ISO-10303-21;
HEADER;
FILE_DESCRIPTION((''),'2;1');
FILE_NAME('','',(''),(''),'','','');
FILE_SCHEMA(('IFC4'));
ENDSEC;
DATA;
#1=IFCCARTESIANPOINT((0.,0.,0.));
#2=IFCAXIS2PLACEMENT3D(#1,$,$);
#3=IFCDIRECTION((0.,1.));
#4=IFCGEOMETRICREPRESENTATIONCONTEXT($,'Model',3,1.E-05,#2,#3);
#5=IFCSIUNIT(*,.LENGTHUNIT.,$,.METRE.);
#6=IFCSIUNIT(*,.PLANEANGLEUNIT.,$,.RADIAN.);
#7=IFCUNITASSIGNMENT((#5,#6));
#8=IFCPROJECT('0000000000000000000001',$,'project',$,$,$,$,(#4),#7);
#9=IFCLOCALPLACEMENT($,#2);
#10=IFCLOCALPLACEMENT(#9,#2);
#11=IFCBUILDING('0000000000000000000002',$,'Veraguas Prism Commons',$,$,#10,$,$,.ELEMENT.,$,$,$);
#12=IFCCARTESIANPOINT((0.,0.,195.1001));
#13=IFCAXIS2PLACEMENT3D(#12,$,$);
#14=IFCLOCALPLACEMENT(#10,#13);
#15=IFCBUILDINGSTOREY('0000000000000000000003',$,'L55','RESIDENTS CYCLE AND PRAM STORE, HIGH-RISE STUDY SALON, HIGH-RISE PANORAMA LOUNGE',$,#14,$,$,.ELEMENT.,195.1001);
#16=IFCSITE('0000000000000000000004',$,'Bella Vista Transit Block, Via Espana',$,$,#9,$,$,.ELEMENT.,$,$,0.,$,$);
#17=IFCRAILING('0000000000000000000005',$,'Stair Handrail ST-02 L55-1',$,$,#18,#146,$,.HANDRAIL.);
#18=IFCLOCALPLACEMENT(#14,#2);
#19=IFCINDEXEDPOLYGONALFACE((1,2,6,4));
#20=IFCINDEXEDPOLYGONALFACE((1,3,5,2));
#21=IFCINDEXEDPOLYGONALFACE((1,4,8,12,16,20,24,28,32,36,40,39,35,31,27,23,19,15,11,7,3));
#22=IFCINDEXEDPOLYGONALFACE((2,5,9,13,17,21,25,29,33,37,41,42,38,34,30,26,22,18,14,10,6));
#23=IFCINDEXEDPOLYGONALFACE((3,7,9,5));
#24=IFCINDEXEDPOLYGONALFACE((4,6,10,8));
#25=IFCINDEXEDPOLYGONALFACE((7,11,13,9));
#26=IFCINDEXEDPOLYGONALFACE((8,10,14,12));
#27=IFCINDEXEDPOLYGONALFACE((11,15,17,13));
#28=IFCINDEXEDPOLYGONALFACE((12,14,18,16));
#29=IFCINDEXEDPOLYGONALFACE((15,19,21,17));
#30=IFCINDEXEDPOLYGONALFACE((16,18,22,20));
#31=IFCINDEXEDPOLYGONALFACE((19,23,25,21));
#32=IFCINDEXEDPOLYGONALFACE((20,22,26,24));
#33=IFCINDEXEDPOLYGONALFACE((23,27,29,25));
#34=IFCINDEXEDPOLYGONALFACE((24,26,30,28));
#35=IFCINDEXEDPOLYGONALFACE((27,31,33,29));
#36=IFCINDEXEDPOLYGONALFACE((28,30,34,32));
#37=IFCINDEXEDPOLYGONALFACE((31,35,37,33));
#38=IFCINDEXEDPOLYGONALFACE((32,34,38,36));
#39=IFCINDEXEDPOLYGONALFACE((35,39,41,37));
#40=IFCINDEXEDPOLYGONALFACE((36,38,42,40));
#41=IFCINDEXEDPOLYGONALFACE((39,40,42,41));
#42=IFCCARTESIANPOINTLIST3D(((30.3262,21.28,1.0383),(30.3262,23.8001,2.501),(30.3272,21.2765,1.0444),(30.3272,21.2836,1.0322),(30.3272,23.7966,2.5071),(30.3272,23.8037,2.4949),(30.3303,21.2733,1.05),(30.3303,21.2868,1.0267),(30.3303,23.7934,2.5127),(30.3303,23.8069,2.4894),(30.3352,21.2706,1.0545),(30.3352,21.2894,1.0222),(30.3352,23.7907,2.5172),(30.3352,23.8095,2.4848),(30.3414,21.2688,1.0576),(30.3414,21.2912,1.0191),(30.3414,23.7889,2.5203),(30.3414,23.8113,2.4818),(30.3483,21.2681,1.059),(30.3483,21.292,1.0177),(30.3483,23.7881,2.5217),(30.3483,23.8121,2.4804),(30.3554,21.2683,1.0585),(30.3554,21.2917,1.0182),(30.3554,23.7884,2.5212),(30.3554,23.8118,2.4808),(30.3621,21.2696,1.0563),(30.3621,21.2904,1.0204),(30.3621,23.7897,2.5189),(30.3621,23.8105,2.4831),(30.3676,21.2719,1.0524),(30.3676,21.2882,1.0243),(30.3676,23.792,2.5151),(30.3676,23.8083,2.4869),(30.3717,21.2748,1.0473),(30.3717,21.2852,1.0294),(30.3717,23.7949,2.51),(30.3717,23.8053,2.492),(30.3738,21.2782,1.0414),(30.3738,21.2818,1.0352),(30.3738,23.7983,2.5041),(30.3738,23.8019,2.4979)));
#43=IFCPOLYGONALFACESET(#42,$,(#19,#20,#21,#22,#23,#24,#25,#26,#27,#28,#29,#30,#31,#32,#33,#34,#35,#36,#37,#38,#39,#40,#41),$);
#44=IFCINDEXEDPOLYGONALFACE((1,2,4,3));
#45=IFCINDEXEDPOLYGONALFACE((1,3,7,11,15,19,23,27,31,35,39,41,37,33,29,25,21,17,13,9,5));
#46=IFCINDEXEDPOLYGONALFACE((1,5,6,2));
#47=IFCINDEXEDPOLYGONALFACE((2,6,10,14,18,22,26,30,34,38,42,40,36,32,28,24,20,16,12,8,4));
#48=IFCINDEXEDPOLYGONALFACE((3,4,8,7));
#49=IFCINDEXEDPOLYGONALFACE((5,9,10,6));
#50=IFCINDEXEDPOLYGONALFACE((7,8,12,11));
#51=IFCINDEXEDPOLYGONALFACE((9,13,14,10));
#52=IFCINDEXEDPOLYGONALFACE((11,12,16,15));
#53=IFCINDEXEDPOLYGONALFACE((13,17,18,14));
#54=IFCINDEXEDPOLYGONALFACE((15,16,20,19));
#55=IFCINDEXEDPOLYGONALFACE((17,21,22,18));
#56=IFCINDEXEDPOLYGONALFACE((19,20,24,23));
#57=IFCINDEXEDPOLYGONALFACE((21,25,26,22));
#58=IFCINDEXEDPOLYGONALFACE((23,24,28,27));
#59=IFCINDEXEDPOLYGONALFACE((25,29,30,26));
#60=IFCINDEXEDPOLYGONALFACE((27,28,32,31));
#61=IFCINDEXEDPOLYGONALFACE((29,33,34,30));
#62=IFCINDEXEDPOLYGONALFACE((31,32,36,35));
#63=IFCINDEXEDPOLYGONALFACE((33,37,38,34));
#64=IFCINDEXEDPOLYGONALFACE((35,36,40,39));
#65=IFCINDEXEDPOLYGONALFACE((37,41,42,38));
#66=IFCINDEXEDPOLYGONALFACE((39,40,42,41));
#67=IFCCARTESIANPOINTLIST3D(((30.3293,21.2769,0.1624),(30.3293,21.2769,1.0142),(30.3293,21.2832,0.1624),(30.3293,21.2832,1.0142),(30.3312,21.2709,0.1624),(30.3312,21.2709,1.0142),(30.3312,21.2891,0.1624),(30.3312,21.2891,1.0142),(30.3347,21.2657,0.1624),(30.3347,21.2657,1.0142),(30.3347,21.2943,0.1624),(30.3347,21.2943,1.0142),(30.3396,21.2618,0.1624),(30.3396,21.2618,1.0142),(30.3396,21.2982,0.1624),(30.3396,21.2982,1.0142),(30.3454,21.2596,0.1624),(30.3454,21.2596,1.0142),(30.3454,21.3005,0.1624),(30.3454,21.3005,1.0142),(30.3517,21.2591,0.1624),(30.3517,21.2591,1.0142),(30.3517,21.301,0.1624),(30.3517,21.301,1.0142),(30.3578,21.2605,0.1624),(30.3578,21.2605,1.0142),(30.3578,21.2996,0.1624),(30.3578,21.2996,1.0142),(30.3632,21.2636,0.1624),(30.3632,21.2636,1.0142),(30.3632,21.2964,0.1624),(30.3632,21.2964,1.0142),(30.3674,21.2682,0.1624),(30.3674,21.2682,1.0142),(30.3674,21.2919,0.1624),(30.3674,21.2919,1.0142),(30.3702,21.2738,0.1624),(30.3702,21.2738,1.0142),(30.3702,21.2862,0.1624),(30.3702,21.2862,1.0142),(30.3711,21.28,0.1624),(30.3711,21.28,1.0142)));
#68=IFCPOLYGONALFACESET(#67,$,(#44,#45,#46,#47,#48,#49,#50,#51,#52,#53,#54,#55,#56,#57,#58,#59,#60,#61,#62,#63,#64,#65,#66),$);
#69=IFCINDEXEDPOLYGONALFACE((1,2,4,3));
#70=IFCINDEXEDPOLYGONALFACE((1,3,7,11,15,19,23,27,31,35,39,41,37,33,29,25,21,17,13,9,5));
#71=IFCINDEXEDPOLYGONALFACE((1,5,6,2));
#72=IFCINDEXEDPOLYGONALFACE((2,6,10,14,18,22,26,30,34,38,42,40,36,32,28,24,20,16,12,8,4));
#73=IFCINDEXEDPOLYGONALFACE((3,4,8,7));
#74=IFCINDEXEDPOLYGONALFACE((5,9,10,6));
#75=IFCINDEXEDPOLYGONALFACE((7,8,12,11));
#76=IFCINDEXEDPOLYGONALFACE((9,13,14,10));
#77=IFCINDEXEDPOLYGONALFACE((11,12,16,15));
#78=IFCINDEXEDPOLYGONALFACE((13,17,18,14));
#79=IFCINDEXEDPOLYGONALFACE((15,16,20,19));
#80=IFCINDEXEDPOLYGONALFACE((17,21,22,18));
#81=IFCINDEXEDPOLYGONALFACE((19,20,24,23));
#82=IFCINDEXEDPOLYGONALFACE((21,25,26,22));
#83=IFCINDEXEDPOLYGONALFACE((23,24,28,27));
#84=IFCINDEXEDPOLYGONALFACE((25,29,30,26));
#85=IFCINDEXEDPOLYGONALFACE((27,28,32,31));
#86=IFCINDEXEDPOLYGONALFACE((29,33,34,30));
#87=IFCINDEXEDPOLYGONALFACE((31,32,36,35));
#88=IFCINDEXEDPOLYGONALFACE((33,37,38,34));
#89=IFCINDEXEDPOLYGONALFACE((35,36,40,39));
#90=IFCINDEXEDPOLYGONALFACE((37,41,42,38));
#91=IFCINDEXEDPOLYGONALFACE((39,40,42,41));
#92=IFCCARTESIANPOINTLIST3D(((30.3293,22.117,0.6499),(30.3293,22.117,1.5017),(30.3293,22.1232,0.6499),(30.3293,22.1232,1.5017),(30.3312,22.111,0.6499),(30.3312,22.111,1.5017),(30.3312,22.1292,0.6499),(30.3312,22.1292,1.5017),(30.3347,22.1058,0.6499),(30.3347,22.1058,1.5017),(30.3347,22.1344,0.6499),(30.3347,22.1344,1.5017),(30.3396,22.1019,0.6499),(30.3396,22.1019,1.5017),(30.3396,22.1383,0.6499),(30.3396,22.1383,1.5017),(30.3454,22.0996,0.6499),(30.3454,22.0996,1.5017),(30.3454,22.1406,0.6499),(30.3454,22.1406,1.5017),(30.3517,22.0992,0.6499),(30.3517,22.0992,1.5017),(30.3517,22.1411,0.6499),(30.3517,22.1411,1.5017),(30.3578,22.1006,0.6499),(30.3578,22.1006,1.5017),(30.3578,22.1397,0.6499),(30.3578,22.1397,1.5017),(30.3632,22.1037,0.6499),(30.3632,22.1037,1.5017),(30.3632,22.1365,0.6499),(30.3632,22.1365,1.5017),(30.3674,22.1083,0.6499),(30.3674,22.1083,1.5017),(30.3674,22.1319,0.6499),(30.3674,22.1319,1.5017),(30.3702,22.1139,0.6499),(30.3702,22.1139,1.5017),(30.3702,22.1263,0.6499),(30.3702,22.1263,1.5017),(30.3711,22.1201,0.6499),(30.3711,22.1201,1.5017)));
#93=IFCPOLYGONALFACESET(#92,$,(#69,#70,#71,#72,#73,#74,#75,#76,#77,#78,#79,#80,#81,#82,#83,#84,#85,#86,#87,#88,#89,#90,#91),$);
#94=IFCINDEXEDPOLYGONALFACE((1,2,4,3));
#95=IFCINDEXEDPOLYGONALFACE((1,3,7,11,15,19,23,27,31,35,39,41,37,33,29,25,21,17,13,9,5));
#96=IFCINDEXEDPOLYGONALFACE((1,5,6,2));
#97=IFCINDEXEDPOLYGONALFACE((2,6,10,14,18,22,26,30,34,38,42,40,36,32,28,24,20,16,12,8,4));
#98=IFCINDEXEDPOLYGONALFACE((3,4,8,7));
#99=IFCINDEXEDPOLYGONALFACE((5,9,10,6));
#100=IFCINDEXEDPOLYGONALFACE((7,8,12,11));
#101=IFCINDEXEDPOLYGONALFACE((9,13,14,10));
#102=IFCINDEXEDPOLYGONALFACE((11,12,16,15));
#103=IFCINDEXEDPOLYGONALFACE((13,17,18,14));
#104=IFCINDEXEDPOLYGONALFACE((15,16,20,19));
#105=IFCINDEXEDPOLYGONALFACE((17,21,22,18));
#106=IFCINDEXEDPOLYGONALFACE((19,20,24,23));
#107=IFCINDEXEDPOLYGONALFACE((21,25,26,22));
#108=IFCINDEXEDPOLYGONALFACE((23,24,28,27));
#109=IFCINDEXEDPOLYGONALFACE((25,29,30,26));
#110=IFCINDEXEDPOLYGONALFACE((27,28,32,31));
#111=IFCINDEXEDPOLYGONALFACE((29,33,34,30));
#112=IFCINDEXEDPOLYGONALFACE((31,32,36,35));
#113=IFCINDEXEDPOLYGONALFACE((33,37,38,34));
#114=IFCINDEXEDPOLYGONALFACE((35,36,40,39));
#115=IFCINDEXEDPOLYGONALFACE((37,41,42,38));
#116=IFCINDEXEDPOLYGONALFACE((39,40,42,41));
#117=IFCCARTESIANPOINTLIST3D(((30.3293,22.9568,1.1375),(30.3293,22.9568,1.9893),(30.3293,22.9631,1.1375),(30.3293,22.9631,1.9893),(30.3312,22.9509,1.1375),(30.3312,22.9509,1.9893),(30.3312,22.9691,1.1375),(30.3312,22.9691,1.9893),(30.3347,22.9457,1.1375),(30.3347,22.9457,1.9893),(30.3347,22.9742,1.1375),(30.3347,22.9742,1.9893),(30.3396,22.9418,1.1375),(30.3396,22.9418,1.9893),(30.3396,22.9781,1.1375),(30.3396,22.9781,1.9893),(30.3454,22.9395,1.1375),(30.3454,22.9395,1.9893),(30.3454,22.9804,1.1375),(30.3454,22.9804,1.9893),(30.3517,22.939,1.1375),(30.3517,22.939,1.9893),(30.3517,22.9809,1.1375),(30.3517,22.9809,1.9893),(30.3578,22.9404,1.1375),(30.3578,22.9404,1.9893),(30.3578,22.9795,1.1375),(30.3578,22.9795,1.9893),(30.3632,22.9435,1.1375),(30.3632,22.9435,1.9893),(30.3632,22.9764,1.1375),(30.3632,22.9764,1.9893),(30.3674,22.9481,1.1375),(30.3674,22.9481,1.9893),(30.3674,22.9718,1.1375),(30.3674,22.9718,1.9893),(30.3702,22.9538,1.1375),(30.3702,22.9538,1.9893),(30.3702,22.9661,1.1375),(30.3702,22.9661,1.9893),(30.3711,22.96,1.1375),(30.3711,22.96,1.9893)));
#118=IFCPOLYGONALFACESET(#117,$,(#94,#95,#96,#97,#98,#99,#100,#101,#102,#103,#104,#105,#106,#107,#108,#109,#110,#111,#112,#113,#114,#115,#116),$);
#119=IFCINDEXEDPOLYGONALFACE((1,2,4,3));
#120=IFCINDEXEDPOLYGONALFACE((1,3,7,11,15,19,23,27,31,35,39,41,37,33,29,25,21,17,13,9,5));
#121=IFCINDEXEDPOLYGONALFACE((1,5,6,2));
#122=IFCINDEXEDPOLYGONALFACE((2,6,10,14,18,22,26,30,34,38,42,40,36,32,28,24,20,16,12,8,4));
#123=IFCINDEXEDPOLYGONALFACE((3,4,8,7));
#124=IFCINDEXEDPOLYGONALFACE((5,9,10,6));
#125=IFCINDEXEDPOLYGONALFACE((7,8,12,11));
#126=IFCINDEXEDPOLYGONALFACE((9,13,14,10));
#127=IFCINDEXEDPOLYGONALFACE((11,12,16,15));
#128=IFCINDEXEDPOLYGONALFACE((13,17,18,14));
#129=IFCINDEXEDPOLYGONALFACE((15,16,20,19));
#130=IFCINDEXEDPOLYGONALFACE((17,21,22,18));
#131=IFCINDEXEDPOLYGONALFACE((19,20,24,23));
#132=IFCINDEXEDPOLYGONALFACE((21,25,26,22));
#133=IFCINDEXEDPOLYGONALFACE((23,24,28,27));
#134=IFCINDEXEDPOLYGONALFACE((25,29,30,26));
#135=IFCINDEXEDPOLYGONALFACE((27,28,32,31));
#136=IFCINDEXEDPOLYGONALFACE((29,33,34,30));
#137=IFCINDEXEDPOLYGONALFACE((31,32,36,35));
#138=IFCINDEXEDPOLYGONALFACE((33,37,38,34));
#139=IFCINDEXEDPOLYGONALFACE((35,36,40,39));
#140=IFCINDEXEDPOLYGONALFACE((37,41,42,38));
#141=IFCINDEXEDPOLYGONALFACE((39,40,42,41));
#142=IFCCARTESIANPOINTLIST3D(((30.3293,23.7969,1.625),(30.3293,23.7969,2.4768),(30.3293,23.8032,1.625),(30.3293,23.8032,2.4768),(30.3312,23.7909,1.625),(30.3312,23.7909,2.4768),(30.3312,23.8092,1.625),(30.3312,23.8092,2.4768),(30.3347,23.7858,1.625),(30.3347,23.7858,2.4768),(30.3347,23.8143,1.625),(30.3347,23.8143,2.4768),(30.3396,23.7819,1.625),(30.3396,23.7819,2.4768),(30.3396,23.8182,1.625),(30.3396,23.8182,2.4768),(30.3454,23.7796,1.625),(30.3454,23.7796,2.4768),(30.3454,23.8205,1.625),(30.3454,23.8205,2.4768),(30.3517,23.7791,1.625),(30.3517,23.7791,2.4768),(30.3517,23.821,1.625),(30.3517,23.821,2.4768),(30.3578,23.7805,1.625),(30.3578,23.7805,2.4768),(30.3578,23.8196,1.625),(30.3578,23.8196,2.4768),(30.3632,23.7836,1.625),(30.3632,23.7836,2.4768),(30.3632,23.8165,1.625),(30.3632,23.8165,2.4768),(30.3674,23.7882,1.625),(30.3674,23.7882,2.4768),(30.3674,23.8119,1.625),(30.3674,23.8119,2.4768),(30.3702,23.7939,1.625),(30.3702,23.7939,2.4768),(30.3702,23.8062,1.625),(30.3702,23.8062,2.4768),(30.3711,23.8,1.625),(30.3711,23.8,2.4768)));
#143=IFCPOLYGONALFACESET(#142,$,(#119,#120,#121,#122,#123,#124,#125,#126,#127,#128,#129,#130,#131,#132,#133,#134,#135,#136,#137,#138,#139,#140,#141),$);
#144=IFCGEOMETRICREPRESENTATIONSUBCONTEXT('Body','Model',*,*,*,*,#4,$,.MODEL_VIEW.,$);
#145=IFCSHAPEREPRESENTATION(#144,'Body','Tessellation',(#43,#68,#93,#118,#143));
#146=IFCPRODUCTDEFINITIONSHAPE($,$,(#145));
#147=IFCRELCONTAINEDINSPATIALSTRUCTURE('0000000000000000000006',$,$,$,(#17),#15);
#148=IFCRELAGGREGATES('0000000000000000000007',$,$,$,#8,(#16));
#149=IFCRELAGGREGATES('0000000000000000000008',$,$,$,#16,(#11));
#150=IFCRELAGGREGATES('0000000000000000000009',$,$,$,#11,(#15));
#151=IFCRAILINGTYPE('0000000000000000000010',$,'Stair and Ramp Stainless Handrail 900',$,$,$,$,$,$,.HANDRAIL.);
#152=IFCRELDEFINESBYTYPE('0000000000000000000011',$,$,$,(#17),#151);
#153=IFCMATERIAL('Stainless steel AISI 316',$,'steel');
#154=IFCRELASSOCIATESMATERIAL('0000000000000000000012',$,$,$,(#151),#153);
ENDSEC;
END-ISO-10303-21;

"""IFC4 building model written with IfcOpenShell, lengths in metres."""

from ifc_helpers import new_model, si_unit, direction, frame, origin, origin_2d, place, context, subcontext, project, spatial, circle, extrude, material, type_object, element, save


model = new_model("IFC4")

# Units and contexts
model_context = context("Model", 3, precision=1e-05, world=origin(), true_north=direction((0.0, 1.0)))
body_context = subcontext(model_context, "Body", "Model", "MODEL_VIEW")
ifc_project = project(units=[si_unit("LENGTHUNIT", "METRE"), si_unit("PLANEANGLEUNIT", "RADIAN")], contexts=[model_context])

# Site, building, storey
site_placement = place(None, origin())
site = spatial("IfcSite", under=ifc_project, at=site_placement, Name="Bella Vista Transit Block, Via Espana", CompositionType="ELEMENT", RefElevation=0.0)
building_placement = place(site_placement, origin())
building = spatial("IfcBuilding", under=site, at=building_placement, Name="Veraguas Prism Commons", CompositionType="ELEMENT")
storey_placement = place(building_placement, frame((0.0, 0.0, 195.1001)))
storey = spatial("IfcBuildingStorey", under=building, at=storey_placement, Name="L55", Description="RESIDENTS CYCLE AND PRAM STORE, HIGH-RISE STUDY SALON, HIGH-RISE PANORAMA LOUNGE", CompositionType="ELEMENT", Elevation=195.1001)

# Railing
ifc_material_1 = material(Name="Stainless steel AISI 316", Category="steel")
railing_type_1 = type_object("IfcRailingType", Name="Stair and Ramp Stainless Handrail 900", PredefinedType="HANDRAIL", material=ifc_material_1)
railing_1_placement = place(storey_placement, frame((30.3501, 21.28, 0.1624)))
element("IfcRailing", 1, at=railing_1_placement, inside=storey, type_object=railing_type_1, Name="Stair Handrail ST-02 L55-1", PredefinedType="HANDRAIL", context=body_context, shape_type="SweptSolid", body=[
    extrude(circle(Radius=0.0239, at=origin_2d()), frame((0.0, 0.0, 0.876), z_axis=(0.0, 0.864877, 0.501984), x_axis=(-1.0, 0.0, 0.0)), (0.0, 0.0, 1.0), 2.9138),
    extrude(circle(Radius=0.021, at=origin_2d()), origin(), (0.0, 0.0, 1.0), 0.8518),
    extrude(circle(Radius=0.021, at=origin_2d()), frame((0.0, 0.8401, 0.4875)), (0.0, 0.0, 1.0), 0.8518),
    extrude(circle(Radius=0.021, at=origin_2d()), frame((0.0, 1.6799, 0.9751)), (0.0, 0.0, 1.0), 0.8518),
    extrude(circle(Radius=0.021, at=origin_2d()), frame((0.0, 2.52, 1.4626)), (0.0, 0.0, 1.0), 0.8518),
])

save(model, "model.ifc")
